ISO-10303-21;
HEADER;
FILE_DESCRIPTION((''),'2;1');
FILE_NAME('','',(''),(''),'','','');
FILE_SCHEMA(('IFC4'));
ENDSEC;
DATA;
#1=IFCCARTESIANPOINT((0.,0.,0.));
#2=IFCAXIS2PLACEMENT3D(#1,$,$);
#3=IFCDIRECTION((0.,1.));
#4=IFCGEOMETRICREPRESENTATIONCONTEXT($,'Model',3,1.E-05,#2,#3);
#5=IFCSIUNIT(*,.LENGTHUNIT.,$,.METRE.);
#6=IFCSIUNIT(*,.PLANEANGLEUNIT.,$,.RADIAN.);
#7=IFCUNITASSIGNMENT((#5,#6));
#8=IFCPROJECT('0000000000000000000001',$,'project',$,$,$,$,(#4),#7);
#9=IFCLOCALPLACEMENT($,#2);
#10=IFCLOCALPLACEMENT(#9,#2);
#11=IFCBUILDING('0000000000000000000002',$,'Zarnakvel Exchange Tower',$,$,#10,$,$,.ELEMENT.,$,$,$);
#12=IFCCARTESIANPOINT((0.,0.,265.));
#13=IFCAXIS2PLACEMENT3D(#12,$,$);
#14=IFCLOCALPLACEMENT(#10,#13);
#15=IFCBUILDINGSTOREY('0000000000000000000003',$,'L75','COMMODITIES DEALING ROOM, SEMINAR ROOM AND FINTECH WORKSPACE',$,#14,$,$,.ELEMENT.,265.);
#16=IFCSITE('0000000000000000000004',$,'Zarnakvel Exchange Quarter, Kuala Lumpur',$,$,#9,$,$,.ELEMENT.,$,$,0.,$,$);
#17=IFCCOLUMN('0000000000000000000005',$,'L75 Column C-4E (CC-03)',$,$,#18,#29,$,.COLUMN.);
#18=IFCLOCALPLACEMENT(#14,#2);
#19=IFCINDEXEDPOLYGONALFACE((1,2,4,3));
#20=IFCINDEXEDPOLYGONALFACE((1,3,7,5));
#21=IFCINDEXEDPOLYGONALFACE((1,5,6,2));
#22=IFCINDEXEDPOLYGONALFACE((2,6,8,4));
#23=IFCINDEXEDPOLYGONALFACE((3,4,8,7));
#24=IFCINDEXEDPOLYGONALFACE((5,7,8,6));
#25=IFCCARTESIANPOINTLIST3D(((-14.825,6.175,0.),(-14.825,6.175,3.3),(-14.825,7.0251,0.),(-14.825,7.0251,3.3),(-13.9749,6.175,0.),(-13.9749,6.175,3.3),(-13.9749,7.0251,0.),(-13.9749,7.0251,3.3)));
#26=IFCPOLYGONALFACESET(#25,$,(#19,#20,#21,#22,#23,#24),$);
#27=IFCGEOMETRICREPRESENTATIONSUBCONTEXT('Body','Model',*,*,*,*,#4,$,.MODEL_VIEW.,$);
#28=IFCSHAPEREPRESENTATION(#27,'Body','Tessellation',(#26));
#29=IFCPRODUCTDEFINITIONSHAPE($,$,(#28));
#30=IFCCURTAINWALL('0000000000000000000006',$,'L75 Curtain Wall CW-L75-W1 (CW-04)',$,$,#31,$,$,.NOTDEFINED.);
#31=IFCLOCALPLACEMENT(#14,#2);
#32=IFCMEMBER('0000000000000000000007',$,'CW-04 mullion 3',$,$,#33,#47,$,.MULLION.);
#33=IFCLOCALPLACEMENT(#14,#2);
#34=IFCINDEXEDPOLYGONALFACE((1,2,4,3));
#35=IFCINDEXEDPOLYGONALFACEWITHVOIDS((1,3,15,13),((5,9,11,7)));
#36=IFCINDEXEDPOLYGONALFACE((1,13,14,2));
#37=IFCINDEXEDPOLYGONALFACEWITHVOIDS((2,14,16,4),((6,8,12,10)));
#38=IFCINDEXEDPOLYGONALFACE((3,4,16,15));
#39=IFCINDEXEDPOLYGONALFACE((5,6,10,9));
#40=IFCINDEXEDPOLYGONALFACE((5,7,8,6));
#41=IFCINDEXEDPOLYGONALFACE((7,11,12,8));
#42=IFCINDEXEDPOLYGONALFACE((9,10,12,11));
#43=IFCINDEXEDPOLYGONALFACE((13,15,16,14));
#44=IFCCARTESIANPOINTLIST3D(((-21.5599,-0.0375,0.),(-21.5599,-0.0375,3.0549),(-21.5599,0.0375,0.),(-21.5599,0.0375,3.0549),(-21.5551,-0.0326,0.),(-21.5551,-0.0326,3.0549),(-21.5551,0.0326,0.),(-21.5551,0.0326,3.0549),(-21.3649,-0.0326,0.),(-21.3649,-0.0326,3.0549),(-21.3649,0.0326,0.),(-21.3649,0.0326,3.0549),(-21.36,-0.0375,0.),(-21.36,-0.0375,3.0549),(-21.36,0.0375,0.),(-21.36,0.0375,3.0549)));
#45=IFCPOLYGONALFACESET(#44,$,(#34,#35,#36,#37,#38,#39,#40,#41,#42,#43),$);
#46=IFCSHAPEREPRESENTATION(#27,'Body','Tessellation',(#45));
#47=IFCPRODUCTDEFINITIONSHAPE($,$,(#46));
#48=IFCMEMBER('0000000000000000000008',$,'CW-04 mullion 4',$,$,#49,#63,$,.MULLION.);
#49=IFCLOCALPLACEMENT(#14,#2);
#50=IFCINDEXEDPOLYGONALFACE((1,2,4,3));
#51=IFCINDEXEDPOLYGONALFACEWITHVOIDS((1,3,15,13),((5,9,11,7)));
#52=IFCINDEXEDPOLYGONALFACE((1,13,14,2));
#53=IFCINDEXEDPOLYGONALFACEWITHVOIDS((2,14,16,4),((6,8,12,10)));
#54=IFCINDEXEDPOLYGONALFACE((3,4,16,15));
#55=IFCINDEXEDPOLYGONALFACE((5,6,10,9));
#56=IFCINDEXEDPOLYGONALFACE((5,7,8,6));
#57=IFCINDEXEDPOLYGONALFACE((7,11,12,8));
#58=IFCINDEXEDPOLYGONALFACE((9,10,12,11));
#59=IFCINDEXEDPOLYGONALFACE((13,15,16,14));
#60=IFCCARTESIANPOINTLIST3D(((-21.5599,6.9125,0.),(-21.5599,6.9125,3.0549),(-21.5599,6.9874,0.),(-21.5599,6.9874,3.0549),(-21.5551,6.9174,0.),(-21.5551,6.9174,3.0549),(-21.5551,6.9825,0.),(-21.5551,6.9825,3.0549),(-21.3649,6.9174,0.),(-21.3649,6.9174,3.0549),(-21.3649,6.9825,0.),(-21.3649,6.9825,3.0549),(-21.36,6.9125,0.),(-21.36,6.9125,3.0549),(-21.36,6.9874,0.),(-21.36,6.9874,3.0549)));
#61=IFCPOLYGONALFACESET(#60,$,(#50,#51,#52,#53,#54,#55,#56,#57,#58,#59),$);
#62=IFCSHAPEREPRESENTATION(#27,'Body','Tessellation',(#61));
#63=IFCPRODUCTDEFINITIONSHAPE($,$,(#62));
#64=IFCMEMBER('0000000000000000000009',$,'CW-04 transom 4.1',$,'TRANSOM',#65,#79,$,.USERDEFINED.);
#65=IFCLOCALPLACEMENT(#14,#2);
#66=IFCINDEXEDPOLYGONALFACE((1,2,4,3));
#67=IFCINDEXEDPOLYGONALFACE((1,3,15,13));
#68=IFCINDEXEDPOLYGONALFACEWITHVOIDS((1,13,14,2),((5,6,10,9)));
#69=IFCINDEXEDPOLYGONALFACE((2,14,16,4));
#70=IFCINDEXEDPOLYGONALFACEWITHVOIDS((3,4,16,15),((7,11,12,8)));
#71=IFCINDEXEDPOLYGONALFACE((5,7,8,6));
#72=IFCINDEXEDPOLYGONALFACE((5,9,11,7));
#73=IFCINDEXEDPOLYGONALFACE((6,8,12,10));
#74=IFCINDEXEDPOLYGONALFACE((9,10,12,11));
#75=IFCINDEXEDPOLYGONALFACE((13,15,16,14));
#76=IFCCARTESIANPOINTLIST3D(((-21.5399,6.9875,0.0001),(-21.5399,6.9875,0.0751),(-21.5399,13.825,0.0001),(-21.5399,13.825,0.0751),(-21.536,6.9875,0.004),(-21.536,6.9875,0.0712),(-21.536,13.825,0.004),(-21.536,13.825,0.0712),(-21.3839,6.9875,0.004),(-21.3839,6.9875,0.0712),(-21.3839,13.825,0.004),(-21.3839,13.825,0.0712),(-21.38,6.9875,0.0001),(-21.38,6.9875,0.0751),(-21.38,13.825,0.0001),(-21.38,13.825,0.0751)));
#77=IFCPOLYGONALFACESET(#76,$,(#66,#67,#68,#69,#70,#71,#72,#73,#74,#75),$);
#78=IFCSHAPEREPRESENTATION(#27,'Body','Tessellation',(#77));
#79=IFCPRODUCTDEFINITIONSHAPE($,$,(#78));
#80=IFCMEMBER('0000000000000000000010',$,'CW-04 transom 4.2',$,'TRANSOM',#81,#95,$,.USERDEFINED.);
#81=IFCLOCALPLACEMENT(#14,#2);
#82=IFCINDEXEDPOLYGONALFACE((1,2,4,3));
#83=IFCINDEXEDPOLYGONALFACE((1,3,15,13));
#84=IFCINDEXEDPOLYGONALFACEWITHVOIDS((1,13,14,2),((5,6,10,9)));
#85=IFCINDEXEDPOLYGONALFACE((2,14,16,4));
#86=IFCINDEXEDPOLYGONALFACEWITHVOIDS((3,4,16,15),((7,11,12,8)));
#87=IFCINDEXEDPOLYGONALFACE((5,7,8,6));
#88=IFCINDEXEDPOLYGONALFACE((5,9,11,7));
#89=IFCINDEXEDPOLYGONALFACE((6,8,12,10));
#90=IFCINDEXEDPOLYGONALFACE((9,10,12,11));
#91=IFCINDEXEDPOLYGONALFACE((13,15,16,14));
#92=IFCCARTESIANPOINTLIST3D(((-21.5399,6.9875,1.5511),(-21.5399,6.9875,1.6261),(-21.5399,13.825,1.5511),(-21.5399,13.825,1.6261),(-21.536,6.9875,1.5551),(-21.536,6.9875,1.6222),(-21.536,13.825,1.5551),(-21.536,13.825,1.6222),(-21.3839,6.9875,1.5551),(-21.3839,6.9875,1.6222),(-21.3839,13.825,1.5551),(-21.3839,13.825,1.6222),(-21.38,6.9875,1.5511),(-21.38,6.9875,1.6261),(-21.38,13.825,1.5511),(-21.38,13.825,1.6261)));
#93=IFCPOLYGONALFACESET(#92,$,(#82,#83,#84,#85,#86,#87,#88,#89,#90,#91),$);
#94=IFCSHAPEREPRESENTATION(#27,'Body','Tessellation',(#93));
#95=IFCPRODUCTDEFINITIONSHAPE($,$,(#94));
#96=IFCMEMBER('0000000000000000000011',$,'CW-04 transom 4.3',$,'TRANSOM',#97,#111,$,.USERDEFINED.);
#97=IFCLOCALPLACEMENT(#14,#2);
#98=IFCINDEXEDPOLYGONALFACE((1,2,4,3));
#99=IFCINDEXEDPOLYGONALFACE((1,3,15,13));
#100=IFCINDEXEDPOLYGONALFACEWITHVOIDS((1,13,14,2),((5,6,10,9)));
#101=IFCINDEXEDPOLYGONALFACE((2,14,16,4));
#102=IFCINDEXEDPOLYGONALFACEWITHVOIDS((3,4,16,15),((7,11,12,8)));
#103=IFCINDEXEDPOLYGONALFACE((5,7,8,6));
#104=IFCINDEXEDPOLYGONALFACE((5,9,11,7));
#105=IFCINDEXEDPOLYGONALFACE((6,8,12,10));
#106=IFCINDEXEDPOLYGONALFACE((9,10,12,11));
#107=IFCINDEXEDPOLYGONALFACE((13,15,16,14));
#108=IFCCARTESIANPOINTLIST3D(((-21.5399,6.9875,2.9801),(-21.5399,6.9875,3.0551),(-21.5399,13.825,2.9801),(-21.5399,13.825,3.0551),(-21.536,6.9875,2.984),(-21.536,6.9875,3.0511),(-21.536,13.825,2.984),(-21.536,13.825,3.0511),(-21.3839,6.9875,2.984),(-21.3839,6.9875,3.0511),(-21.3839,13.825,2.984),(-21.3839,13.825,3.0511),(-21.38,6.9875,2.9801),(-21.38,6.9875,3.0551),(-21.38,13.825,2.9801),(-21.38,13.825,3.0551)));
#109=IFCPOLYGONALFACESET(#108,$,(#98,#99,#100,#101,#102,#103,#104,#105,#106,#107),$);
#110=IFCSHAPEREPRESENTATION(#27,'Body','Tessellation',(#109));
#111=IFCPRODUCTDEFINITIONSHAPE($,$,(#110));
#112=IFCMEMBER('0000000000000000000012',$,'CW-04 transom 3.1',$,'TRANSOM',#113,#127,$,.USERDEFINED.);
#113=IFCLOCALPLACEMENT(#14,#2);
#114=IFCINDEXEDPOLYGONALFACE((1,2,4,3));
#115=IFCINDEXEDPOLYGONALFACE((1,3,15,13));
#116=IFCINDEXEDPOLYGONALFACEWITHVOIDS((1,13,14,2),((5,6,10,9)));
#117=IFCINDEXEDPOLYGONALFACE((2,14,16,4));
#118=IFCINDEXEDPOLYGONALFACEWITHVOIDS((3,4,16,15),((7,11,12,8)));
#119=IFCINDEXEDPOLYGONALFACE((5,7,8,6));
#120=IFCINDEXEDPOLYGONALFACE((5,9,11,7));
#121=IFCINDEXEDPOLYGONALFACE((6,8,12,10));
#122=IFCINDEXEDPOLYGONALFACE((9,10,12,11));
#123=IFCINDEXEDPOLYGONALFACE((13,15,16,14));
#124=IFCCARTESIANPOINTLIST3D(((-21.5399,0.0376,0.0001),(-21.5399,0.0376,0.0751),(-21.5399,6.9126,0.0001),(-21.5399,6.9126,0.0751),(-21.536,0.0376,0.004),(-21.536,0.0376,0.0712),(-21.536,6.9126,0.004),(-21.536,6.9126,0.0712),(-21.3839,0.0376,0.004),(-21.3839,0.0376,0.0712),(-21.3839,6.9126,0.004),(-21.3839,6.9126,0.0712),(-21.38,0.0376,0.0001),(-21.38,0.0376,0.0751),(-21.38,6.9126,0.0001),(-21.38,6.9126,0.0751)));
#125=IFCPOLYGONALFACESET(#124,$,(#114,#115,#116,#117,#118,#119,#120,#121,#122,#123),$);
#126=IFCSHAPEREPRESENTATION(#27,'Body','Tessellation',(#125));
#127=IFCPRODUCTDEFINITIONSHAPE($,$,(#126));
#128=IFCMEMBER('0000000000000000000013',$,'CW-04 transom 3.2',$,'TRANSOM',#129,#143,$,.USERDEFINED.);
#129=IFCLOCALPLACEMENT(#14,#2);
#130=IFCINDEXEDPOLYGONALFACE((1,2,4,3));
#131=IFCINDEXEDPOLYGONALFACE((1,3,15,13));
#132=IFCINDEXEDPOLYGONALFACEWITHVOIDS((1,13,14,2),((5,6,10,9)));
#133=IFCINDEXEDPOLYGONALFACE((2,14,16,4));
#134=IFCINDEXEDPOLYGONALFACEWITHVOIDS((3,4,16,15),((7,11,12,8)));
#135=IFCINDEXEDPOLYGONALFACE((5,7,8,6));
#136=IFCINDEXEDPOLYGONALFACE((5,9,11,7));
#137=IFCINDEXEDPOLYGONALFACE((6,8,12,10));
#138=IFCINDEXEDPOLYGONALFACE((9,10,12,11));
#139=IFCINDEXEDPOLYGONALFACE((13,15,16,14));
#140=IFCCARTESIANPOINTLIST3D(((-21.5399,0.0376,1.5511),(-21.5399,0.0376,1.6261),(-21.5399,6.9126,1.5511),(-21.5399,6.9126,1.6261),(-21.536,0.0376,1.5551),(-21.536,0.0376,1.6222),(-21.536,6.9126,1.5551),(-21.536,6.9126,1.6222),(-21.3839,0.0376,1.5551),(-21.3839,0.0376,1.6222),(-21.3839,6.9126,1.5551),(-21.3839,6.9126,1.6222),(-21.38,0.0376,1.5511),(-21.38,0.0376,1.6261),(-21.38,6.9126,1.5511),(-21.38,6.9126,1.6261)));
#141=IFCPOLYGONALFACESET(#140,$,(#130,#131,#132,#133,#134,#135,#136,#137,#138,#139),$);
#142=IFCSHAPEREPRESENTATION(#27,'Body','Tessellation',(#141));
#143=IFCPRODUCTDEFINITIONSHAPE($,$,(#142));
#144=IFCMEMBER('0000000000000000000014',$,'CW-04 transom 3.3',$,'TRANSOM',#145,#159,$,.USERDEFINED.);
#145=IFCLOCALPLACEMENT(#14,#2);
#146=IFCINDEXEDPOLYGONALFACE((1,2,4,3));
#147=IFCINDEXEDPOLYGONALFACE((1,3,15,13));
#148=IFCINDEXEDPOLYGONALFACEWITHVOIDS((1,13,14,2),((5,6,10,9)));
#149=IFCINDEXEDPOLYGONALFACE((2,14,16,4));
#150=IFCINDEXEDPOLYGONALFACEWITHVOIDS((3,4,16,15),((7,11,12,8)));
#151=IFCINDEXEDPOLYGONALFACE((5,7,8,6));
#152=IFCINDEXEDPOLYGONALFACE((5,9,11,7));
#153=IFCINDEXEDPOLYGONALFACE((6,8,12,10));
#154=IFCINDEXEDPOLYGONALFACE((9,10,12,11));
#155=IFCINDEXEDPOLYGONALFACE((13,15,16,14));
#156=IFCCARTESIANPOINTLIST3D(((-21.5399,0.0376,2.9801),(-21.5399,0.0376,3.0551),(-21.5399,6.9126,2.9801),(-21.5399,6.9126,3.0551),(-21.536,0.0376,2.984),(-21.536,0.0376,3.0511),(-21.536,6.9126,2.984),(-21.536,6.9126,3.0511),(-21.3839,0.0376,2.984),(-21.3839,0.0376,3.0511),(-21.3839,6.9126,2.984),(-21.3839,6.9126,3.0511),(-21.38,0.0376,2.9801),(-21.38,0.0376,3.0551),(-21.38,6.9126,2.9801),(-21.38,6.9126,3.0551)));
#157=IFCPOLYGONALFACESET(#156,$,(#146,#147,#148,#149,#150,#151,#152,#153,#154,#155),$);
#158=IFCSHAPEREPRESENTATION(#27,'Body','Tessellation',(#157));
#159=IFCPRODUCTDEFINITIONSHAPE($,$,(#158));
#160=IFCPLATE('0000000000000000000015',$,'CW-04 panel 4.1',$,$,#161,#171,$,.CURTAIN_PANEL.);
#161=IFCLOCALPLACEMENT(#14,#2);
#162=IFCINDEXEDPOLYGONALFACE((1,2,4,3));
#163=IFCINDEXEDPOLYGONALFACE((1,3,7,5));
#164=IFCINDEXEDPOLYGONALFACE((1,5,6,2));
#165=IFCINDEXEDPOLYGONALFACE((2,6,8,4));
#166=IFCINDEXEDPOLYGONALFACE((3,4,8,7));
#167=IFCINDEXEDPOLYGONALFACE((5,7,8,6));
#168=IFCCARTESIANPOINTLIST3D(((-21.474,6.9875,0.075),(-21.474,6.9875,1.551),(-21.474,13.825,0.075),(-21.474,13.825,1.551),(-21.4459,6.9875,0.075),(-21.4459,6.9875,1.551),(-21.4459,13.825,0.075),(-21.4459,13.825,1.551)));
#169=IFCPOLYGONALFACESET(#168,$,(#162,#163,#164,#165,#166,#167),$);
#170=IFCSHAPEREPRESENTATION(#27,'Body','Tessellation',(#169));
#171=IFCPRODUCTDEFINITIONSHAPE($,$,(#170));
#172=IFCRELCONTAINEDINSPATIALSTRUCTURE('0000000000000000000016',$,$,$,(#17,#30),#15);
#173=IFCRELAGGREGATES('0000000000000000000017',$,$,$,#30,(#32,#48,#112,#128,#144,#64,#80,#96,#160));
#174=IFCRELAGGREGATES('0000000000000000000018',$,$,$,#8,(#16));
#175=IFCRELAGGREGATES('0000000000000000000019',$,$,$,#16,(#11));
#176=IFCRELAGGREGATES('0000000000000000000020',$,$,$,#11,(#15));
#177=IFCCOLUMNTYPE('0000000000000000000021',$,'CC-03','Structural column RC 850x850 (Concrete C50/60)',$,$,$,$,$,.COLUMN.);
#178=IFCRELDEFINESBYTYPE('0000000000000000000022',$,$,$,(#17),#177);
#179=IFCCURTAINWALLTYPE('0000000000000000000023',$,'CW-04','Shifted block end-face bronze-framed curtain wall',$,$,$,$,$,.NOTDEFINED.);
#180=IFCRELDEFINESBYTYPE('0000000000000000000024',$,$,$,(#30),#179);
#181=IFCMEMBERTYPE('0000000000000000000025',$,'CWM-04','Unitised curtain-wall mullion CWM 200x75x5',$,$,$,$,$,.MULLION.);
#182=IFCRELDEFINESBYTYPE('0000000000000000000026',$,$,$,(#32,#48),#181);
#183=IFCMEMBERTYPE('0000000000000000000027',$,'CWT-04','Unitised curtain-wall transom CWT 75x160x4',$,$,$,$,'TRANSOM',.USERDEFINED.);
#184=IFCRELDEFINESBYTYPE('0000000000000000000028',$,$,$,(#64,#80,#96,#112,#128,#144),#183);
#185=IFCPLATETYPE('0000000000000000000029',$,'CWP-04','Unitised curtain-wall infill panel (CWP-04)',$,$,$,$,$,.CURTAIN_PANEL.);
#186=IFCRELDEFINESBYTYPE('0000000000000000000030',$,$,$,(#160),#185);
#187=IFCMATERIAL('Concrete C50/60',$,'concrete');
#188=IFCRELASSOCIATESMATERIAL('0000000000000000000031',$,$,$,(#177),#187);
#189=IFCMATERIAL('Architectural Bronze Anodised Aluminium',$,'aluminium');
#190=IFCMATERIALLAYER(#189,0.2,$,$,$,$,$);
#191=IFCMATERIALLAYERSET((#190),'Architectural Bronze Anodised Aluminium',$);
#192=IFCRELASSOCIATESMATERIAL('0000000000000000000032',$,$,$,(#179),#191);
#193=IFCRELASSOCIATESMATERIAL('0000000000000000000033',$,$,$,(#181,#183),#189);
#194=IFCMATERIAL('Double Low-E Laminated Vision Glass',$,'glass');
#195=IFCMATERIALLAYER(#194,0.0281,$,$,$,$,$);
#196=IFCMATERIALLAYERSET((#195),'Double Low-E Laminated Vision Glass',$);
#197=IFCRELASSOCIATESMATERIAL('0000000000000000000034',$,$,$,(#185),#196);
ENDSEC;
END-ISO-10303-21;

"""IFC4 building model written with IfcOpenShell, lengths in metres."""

from ifc_helpers import new_model, si_unit, direction, frame, origin, origin_2d, place, context, subcontext, project, spatial, rectangle, hollow_rectangle, extrude, source, transform, mapped, material, layer, layer_set, material_profile, profile_set, type_object, element, aggregate, save


model = new_model("IFC4")

# Units and contexts
model_context = context("Model", 3, precision=1e-05, world=origin(), true_north=direction((0.0, 1.0)))
body_context = subcontext(model_context, "Body", "Model", "MODEL_VIEW")
ifc_project = project(units=[si_unit("LENGTHUNIT", "METRE"), si_unit("PLANEANGLEUNIT", "RADIAN")], contexts=[model_context])

# Site, building, storey
site_placement = place(None, origin())
site = spatial("IfcSite", under=ifc_project, at=site_placement, Name="Zarnakvel Exchange Quarter, Kuala Lumpur", CompositionType="ELEMENT", RefElevation=0.0)
building_placement = place(site_placement, origin())
building = spatial("IfcBuilding", under=site, at=building_placement, Name="Zarnakvel Exchange Tower", CompositionType="ELEMENT")
storey_placement = place(building_placement, frame((0.0, 0.0, 265.0)))
storey = spatial("IfcBuildingStorey", under=building, at=storey_placement, Name="L75", Description="COMMODITIES DEALING ROOM, SEMINAR ROOM AND FINTECH WORKSPACE", CompositionType="ELEMENT", Elevation=265.0)

# Column
ifc_material_1 = material(Name="Concrete C50/60", Category="concrete")
ifc_material_profile_1 = material_profile(ifc_material_1, rectangle(XDim=0.8501, YDim=0.8501, at=origin_2d()))
ifc_profile_set_1 = profile_set([ifc_material_profile_1], Name="Concrete C50/60")
column_type = type_object("IfcColumnType", Name="CC-03", Description="Structural column RC 850x850 (Concrete C50/60)", PredefinedType="COLUMN", material=ifc_profile_set_1)
column_placement = place(storey_placement, frame((-14.3999, 6.6001, 0.0), z_axis=(0.0, 0.0, 1.0), x_axis=(1.0, 0.0, 0.0)))
element("IfcColumn", 1, at=column_placement, inside=storey, type_object=column_type, Name="L75 Column C-4E (CC-03)", PredefinedType="COLUMN", context=body_context, shape_type="SweptSolid", body=[
    extrude(rectangle(XDim=0.8501, YDim=0.8501, at=origin_2d()), origin(), (0.0, 0.0, 1.0), 3.3),
])

# Curtain wall, members, plate
ifc_material_2 = material(Name="Architectural Bronze Anodised Aluminium", Category="aluminium")
ifc_layer_1 = layer(ifc_material_2, 0.2)
ifc_layer_set_1 = layer_set([ifc_layer_1], Name="Architectural Bronze Anodised Aluminium")
curtain_wall_type = type_object("IfcCurtainWallType", Name="CW-04", Description="Shifted block end-face bronze-framed curtain wall", PredefinedType="NOTDEFINED", material=ifc_layer_set_1)
curtain_wall_placement = place(storey_placement, origin())
curtain_wall = element("IfcCurtainWall", 2, at=curtain_wall_placement, inside=storey, type_object=curtain_wall_type, Name="L75 Curtain Wall CW-L75-W1 (CW-04)", PredefinedType="NOTDEFINED")
ifc_material_profile_2 = material_profile(ifc_material_2, hollow_rectangle(XDim=0.2, YDim=0.075, WallThickness=0.0049, at=origin_2d()))
ifc_profile_set_2 = profile_set([ifc_material_profile_2], Name="Architectural Bronze Anodised Aluminium")
member_type_1 = type_object("IfcMemberType", Name="CWM-04", Description="Unitised curtain-wall mullion CWM 200x75x5", PredefinedType="MULLION", material=ifc_profile_set_2)
shared_shape_1 = source(origin(), body_context, "Body", "SweptSolid", [
    extrude(hollow_rectangle(XDim=0.2, YDim=0.075, WallThickness=0.0049, at=origin_2d()), origin(), (0.0, 0.0, 1.0), 3.0549),
])
member_1_placement = place(storey_placement, frame((-21.46, 0.0, 0.0), z_axis=(0.0, 0.0, 1.0), x_axis=(-1.0, 0.0, 0.0)))
member_1 = element("IfcMember", 3, at=member_1_placement, type_object=member_type_1, Name="CW-04 mullion 3", PredefinedType="MULLION", context=body_context, shape_type="MappedRepresentation", body=[
    mapped(shared_shape_1, transform((0.0, 0.0, 0.0), x_axis=(1.0, 0.0, 0.0), y_axis=(0.0, 1.0, 0.0), z_axis=(0.0, 0.0, 1.0), scale=1.0)),
])
member_2_placement = place(storey_placement, frame((-21.46, 6.95, 0.0), z_axis=(0.0, 0.0, 1.0), x_axis=(-1.0, 0.0, 0.0)))
member_2 = element("IfcMember", 4, at=member_2_placement, type_object=member_type_1, Name="CW-04 mullion 4", PredefinedType="MULLION", context=body_context, shape_type="MappedRepresentation", body=[
    mapped(shared_shape_1, transform((0.0, 0.0, 0.0), x_axis=(1.0, 0.0, 0.0), y_axis=(0.0, 1.0, 0.0), z_axis=(0.0, 0.0, 1.0), scale=1.0)),
])
ifc_material_profile_3 = material_profile(ifc_material_2, hollow_rectangle(XDim=0.1599, YDim=0.075, WallThickness=0.0039, at=origin_2d()))
ifc_profile_set_3 = profile_set([ifc_material_profile_3], Name="Architectural Bronze Anodised Aluminium")
member_type_2 = type_object("IfcMemberType", Name="CWT-04", Description="Unitised curtain-wall transom CWT 75x160x4", ElementType="TRANSOM", PredefinedType="USERDEFINED", material=ifc_profile_set_3)
shared_shape_2 = source(origin(), body_context, "Body", "SweptSolid", [
    extrude(hollow_rectangle(XDim=0.1599, YDim=0.075, WallThickness=0.0039, at=origin_2d()), origin(), (0.0, 0.0, 1.0), 6.8374),
])
member_3_placement = place(storey_placement, frame((-21.46, 6.9875, 0.0376), z_axis=(0.0, 1.0, 0.0), x_axis=(-1.0, 0.0, 0.0)))
member_3 = element("IfcMember", 5, at=member_3_placement, type_object=member_type_2, Name="CW-04 transom 4.1", ObjectType="TRANSOM", PredefinedType="USERDEFINED", context=body_context, shape_type="MappedRepresentation", body=[
    mapped(shared_shape_2, transform((0.0, 0.0, 0.0), x_axis=(1.0, 0.0, 0.0), y_axis=(0.0, 1.0, 0.0), z_axis=(0.0, 0.0, 1.0), scale=1.0)),
])
member_4_placement = place(storey_placement, frame((-21.46, 6.9875, 1.5886), z_axis=(0.0, 1.0, 0.0), x_axis=(-1.0, 0.0, 0.0)))
member_4 = element("IfcMember", 6, at=member_4_placement, type_object=member_type_2, Name="CW-04 transom 4.2", ObjectType="TRANSOM", PredefinedType="USERDEFINED", context=body_context, shape_type="MappedRepresentation", body=[
    mapped(shared_shape_2, transform((0.0, 0.0, 0.0), x_axis=(1.0, 0.0, 0.0), y_axis=(0.0, 1.0, 0.0), z_axis=(0.0, 0.0, 1.0), scale=1.0)),
])
member_5_placement = place(storey_placement, frame((-21.46, 6.9875, 3.0176), z_axis=(0.0, 1.0, 0.0), x_axis=(-1.0, 0.0, 0.0)))
member_5 = element("IfcMember", 7, at=member_5_placement, type_object=member_type_2, Name="CW-04 transom 4.3", ObjectType="TRANSOM", PredefinedType="USERDEFINED", context=body_context, shape_type="MappedRepresentation", body=[
    mapped(shared_shape_2, transform((0.0, 0.0, 0.0), x_axis=(1.0, 0.0, 0.0), y_axis=(0.0, 1.0, 0.0), z_axis=(0.0, 0.0, 1.0), scale=1.0)),
])
shared_shape_3 = source(origin(), body_context, "Body", "SweptSolid", [
    extrude(hollow_rectangle(XDim=0.1599, YDim=0.075, WallThickness=0.0039, at=origin_2d()), origin(), (0.0, 0.0, 1.0), 6.875),
])
member_6_placement = place(storey_placement, frame((-21.46, 0.0376, 0.0376), z_axis=(0.0, 1.0, 0.0), x_axis=(-1.0, 0.0, 0.0)))
member_6 = element("IfcMember", 8, at=member_6_placement, type_object=member_type_2, Name="CW-04 transom 3.1", ObjectType="TRANSOM", PredefinedType="USERDEFINED", context=body_context, shape_type="MappedRepresentation", body=[
    mapped(shared_shape_3, transform((0.0, 0.0, 0.0), x_axis=(1.0, 0.0, 0.0), y_axis=(0.0, 1.0, 0.0), z_axis=(0.0, 0.0, 1.0), scale=1.0)),
])
member_7_placement = place(storey_placement, frame((-21.46, 0.0376, 1.5886), z_axis=(0.0, 1.0, 0.0), x_axis=(-1.0, 0.0, 0.0)))
member_7 = element("IfcMember", 9, at=member_7_placement, type_object=member_type_2, Name="CW-04 transom 3.2", ObjectType="TRANSOM", PredefinedType="USERDEFINED", context=body_context, shape_type="MappedRepresentation", body=[
    mapped(shared_shape_3, transform((0.0, 0.0, 0.0), x_axis=(1.0, 0.0, 0.0), y_axis=(0.0, 1.0, 0.0), z_axis=(0.0, 0.0, 1.0), scale=1.0)),
])
member_8_placement = place(storey_placement, frame((-21.46, 0.0376, 3.0176), z_axis=(0.0, 1.0, 0.0), x_axis=(-1.0, 0.0, 0.0)))
member_8 = element("IfcMember", 10, at=member_8_placement, type_object=member_type_2, Name="CW-04 transom 3.3", ObjectType="TRANSOM", PredefinedType="USERDEFINED", context=body_context, shape_type="MappedRepresentation", body=[
    mapped(shared_shape_3, transform((0.0, 0.0, 0.0), x_axis=(1.0, 0.0, 0.0), y_axis=(0.0, 1.0, 0.0), z_axis=(0.0, 0.0, 1.0), scale=1.0)),
])
ifc_material_3 = material(Name="Double Low-E Laminated Vision Glass", Category="glass")
ifc_layer_2 = layer(ifc_material_3, 0.0281)
ifc_layer_set_2 = layer_set([ifc_layer_2], Name="Double Low-E Laminated Vision Glass")
plate_type = type_object("IfcPlateType", Name="CWP-04", Description="Unitised curtain-wall infill panel (CWP-04)", PredefinedType="CURTAIN_PANEL", material=ifc_layer_set_2)
shared_shape_4 = source(origin(), body_context, "Body", "SweptSolid", [
    extrude(rectangle(XDim=6.8374, YDim=0.0281, at=origin_2d()), origin(), (0.0, 0.0, 1.0), 1.4761),
])
plate_1_placement = place(storey_placement, frame((-21.46, 10.4062, 0.075), z_axis=(0.0, 0.0, 1.0), x_axis=(0.0, 1.0, 0.0)))
plate_1 = element("IfcPlate", 11, at=plate_1_placement, type_object=plate_type, Name="CW-04 panel 4.1", PredefinedType="CURTAIN_PANEL", context=body_context, shape_type="MappedRepresentation", body=[
    mapped(shared_shape_4, transform((0.0, 0.0, 0.0), x_axis=(1.0, 0.0, 0.0), y_axis=(0.0, 1.0, 0.0), z_axis=(0.0, 0.0, 1.0), scale=1.0)),
])
aggregate(curtain_wall, [member_1, member_2, member_6, member_7, member_8, member_3, member_4, member_5, plate_1])

save(model, "model.ifc")
